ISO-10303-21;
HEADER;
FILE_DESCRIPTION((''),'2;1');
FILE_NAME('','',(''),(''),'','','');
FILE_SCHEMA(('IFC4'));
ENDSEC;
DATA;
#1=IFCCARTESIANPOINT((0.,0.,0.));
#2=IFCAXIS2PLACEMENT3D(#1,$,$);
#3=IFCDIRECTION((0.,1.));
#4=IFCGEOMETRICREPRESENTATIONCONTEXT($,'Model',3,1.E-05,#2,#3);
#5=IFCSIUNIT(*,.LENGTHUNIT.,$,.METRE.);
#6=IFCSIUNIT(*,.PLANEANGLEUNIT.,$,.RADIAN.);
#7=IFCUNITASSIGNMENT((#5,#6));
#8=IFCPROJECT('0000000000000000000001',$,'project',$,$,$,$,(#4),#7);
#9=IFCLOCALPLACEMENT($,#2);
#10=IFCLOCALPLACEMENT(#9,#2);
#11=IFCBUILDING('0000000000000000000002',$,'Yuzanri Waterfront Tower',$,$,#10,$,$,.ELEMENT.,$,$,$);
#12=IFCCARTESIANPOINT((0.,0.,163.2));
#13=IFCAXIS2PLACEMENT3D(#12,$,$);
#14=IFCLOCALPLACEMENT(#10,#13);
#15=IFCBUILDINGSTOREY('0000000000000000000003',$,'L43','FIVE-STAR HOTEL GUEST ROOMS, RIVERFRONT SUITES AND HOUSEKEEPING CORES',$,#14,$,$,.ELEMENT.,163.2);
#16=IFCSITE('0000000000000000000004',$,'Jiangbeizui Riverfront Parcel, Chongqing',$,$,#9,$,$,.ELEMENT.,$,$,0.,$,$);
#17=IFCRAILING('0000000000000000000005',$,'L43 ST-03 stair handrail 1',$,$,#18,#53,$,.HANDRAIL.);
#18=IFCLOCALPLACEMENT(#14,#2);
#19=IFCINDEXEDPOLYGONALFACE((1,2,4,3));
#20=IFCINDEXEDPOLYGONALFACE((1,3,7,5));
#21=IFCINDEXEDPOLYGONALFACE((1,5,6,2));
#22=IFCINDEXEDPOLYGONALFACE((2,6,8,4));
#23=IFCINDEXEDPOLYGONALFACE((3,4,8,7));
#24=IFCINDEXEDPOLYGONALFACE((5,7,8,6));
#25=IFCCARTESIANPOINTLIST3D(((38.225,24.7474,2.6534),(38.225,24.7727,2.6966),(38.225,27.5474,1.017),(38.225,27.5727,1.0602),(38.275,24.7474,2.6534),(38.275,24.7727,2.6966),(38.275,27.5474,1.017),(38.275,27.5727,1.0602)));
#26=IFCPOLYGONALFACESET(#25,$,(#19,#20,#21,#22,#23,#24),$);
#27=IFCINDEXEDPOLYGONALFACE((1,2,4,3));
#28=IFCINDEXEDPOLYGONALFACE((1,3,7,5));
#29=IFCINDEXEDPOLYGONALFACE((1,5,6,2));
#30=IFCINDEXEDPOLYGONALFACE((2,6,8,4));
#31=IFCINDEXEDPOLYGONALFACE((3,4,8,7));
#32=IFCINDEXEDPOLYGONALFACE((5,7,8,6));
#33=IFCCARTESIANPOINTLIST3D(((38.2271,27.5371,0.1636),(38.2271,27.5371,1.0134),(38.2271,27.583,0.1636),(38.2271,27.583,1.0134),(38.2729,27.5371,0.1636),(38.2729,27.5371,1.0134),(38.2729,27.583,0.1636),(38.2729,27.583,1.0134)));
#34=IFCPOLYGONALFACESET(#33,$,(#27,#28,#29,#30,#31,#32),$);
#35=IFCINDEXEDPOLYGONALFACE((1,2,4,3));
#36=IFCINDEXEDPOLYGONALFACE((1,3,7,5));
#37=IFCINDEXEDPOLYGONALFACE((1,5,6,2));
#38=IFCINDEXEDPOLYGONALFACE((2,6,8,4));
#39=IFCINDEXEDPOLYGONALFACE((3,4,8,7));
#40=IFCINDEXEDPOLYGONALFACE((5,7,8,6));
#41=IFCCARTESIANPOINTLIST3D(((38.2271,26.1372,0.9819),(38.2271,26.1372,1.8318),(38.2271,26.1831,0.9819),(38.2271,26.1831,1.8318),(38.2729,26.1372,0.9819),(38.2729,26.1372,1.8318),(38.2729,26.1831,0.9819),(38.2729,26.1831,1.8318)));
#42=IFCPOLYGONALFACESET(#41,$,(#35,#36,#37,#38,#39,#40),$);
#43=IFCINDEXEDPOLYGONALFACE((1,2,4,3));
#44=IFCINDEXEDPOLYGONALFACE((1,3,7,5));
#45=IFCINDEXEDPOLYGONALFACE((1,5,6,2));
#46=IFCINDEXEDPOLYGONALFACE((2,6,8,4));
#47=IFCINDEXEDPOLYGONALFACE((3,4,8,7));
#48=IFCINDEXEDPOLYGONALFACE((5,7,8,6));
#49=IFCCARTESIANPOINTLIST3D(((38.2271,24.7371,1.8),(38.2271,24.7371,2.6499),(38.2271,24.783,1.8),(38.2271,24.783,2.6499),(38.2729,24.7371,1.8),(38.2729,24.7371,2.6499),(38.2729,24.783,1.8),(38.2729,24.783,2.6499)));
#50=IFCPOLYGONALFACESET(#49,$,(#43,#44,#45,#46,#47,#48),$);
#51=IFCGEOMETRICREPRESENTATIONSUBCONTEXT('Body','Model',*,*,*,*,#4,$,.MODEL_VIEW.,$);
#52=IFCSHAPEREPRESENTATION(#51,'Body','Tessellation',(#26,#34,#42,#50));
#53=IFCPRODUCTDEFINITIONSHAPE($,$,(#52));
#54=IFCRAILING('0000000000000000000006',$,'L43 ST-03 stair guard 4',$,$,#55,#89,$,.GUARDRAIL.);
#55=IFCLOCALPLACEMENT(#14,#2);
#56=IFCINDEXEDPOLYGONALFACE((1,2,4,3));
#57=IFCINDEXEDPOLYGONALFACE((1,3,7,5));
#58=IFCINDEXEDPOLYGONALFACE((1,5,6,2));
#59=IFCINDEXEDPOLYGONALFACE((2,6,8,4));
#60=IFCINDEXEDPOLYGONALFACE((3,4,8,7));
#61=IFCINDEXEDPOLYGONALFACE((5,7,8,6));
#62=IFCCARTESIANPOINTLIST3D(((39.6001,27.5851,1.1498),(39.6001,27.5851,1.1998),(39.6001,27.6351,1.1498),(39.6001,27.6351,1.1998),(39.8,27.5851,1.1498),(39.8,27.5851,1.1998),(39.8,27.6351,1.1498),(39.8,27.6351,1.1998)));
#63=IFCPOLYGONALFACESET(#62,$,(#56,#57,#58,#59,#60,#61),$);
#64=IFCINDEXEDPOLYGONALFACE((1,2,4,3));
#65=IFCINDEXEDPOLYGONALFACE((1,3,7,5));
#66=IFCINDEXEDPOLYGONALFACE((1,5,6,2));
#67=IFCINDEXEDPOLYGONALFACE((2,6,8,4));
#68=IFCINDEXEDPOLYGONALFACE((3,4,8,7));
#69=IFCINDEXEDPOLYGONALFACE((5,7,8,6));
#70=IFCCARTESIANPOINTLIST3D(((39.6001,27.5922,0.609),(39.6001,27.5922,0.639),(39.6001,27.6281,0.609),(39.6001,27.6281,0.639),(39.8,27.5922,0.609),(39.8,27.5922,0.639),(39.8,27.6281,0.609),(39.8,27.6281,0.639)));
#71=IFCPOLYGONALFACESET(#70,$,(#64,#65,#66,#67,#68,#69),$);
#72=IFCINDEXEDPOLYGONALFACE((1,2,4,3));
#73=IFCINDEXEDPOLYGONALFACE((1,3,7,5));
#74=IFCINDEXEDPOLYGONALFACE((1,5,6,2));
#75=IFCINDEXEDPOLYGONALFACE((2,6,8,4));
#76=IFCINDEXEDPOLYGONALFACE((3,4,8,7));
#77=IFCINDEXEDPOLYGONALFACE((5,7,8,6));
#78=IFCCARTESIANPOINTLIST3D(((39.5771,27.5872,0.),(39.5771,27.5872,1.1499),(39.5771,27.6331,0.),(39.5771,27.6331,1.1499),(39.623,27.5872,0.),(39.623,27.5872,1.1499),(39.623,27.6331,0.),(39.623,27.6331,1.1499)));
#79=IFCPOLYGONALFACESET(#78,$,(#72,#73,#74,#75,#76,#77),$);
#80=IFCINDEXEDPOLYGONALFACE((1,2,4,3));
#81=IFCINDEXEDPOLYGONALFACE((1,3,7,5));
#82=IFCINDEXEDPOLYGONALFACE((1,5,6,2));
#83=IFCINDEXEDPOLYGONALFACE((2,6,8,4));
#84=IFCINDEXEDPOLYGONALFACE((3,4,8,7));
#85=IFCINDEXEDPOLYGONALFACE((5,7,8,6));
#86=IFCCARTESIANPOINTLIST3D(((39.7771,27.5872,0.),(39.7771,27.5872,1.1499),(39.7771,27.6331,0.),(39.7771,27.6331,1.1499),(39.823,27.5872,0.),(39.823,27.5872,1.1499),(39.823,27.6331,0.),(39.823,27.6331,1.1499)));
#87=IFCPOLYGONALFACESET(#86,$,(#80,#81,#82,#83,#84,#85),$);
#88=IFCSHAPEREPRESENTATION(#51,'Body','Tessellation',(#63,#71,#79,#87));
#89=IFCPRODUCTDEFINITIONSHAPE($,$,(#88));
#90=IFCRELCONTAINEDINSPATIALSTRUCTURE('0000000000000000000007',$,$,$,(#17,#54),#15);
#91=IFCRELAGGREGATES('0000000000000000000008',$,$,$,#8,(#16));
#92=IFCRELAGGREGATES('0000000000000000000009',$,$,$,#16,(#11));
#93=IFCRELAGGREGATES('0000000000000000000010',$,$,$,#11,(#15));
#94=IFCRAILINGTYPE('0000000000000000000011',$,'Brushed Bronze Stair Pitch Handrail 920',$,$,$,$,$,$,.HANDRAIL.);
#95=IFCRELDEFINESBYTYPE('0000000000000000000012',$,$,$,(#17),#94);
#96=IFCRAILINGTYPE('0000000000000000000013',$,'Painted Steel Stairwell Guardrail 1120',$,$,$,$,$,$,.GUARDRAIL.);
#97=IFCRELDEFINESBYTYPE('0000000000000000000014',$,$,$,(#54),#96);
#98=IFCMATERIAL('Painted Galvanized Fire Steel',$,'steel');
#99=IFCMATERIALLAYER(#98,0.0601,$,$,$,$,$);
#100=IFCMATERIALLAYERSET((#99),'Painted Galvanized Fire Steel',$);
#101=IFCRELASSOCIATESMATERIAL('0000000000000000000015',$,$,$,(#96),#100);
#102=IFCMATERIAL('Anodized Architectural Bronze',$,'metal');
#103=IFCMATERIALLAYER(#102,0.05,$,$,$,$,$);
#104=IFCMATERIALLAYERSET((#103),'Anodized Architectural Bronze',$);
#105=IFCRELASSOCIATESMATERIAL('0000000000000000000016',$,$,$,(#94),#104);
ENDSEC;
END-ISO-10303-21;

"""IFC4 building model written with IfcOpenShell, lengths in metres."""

from ifc_helpers import new_model, si_unit, direction, frame, origin, origin_2d, place, context, subcontext, project, spatial, rectangle, extrude, source, transform, mapped, material, layer, layer_set, type_object, element, save


model = new_model("IFC4")

# Units and contexts
model_context = context("Model", 3, precision=1e-05, world=origin(), true_north=direction((0.0, 1.0)))
body_context = subcontext(model_context, "Body", "Model", "MODEL_VIEW")
ifc_project = project(units=[si_unit("LENGTHUNIT", "METRE"), si_unit("PLANEANGLEUNIT", "RADIAN")], contexts=[model_context])

# Site, building, storey
site_placement = place(None, origin())
site = spatial("IfcSite", under=ifc_project, at=site_placement, Name="Jiangbeizui Riverfront Parcel, Chongqing", CompositionType="ELEMENT", RefElevation=0.0)
building_placement = place(site_placement, origin())
building = spatial("IfcBuilding", under=site, at=building_placement, Name="Yuzanri Waterfront Tower", CompositionType="ELEMENT")
storey_placement = place(building_placement, frame((0.0, 0.0, 163.2)))
storey = spatial("IfcBuildingStorey", under=building, at=storey_placement, Name="L43", Description="FIVE-STAR HOTEL GUEST ROOMS, RIVERFRONT SUITES AND HOUSEKEEPING CORES", CompositionType="ELEMENT", Elevation=163.2)

# Railings
ifc_material_1 = material(Name="Painted Galvanized Fire Steel", Category="steel")
ifc_layer_1 = layer(ifc_material_1, 0.0601)
ifc_layer_set_1 = layer_set([ifc_layer_1], Name="Painted Galvanized Fire Steel")
railing_type_1 = type_object("IfcRailingType", Name="Painted Steel Stairwell Guardrail 1120", PredefinedType="GUARDRAIL", material=ifc_layer_set_1)
ifc_material_2 = material(Name="Anodized Architectural Bronze", Category="metal")
ifc_layer_2 = layer(ifc_material_2, 0.05)
ifc_layer_set_2 = layer_set([ifc_layer_2], Name="Anodized Architectural Bronze")
railing_type_2 = type_object("IfcRailingType", Name="Brushed Bronze Stair Pitch Handrail 920", PredefinedType="HANDRAIL", material=ifc_layer_set_2)
shared_shape_1 = source(origin(), body_context, "Body", "SweptSolid", [
    extrude(rectangle(XDim=0.05, YDim=0.05, at=origin_2d()), frame((0.0, 0.0, 0.875), z_axis=(0.0, -0.863361, 0.504587), x_axis=(1.0, 0.0, 0.0)), (0.0, 0.0, 1.0), 3.2432),
    extrude(rectangle(XDim=0.0459, YDim=0.0459, at=origin_2d()), origin(), (0.0, 0.0, 1.0), 0.8499),
    extrude(rectangle(XDim=0.0459, YDim=0.0459, at=origin_2d()), frame((0.0, -1.3999, 0.8184)), (0.0, 0.0, 1.0), 0.8499),
    extrude(rectangle(XDim=0.0459, YDim=0.0459, at=origin_2d()), frame((0.0, -2.8, 1.6365)), (0.0, 0.0, 1.0), 0.8499),
])
for number, where, name in (
    (1, (38.25, 27.5601, 0.1636), "L43 ST-03 stair handrail 1"),
):
    element("IfcRailing", number, at=place(storey_placement, frame(where)), inside=storey, type_object=railing_type_2, Name=name, PredefinedType="HANDRAIL", context=body_context, shape_type="MappedRepresentation", body=[
        mapped(shared_shape_1, transform((0.0, 0.0, 0.0), scale=1.0)),
    ])
shared_shape_2 = source(origin(), body_context, "Body", "SweptSolid", [
    extrude(rectangle(XDim=0.05, YDim=0.05, at=origin_2d()), frame((0.0, 0.0, 1.1748), z_axis=(1.0, 0.0, 0.0), x_axis=(0.0, 1.0, 0.0)), (0.0, 0.0, 1.0), 0.2),
    extrude(rectangle(XDim=0.0359, YDim=0.03, at=origin_2d()), frame((0.0, 0.0, 0.624), z_axis=(1.0, 0.0, 0.0), x_axis=(0.0, 1.0, 0.0)), (0.0, 0.0, 1.0), 0.2),
    extrude(rectangle(XDim=0.0459, YDim=0.0459, at=origin_2d()), origin(), (0.0, 0.0, 1.0), 1.1499),
    extrude(rectangle(XDim=0.0459, YDim=0.0459, at=origin_2d()), frame((0.2, 0.0, 0.0)), (0.0, 0.0, 1.0), 1.1499),
])
railing_1_placement = place(storey_placement, frame((39.6001, 27.6101, 0.0)))
element("IfcRailing", 2, at=railing_1_placement, inside=storey, type_object=railing_type_1, Name="L43 ST-03 stair guard 4", PredefinedType="GUARDRAIL", context=body_context, shape_type="MappedRepresentation", body=[
    mapped(shared_shape_2, transform((0.0, 0.0, 0.0), scale=1.0)),
])

save(model, "model.ifc")
